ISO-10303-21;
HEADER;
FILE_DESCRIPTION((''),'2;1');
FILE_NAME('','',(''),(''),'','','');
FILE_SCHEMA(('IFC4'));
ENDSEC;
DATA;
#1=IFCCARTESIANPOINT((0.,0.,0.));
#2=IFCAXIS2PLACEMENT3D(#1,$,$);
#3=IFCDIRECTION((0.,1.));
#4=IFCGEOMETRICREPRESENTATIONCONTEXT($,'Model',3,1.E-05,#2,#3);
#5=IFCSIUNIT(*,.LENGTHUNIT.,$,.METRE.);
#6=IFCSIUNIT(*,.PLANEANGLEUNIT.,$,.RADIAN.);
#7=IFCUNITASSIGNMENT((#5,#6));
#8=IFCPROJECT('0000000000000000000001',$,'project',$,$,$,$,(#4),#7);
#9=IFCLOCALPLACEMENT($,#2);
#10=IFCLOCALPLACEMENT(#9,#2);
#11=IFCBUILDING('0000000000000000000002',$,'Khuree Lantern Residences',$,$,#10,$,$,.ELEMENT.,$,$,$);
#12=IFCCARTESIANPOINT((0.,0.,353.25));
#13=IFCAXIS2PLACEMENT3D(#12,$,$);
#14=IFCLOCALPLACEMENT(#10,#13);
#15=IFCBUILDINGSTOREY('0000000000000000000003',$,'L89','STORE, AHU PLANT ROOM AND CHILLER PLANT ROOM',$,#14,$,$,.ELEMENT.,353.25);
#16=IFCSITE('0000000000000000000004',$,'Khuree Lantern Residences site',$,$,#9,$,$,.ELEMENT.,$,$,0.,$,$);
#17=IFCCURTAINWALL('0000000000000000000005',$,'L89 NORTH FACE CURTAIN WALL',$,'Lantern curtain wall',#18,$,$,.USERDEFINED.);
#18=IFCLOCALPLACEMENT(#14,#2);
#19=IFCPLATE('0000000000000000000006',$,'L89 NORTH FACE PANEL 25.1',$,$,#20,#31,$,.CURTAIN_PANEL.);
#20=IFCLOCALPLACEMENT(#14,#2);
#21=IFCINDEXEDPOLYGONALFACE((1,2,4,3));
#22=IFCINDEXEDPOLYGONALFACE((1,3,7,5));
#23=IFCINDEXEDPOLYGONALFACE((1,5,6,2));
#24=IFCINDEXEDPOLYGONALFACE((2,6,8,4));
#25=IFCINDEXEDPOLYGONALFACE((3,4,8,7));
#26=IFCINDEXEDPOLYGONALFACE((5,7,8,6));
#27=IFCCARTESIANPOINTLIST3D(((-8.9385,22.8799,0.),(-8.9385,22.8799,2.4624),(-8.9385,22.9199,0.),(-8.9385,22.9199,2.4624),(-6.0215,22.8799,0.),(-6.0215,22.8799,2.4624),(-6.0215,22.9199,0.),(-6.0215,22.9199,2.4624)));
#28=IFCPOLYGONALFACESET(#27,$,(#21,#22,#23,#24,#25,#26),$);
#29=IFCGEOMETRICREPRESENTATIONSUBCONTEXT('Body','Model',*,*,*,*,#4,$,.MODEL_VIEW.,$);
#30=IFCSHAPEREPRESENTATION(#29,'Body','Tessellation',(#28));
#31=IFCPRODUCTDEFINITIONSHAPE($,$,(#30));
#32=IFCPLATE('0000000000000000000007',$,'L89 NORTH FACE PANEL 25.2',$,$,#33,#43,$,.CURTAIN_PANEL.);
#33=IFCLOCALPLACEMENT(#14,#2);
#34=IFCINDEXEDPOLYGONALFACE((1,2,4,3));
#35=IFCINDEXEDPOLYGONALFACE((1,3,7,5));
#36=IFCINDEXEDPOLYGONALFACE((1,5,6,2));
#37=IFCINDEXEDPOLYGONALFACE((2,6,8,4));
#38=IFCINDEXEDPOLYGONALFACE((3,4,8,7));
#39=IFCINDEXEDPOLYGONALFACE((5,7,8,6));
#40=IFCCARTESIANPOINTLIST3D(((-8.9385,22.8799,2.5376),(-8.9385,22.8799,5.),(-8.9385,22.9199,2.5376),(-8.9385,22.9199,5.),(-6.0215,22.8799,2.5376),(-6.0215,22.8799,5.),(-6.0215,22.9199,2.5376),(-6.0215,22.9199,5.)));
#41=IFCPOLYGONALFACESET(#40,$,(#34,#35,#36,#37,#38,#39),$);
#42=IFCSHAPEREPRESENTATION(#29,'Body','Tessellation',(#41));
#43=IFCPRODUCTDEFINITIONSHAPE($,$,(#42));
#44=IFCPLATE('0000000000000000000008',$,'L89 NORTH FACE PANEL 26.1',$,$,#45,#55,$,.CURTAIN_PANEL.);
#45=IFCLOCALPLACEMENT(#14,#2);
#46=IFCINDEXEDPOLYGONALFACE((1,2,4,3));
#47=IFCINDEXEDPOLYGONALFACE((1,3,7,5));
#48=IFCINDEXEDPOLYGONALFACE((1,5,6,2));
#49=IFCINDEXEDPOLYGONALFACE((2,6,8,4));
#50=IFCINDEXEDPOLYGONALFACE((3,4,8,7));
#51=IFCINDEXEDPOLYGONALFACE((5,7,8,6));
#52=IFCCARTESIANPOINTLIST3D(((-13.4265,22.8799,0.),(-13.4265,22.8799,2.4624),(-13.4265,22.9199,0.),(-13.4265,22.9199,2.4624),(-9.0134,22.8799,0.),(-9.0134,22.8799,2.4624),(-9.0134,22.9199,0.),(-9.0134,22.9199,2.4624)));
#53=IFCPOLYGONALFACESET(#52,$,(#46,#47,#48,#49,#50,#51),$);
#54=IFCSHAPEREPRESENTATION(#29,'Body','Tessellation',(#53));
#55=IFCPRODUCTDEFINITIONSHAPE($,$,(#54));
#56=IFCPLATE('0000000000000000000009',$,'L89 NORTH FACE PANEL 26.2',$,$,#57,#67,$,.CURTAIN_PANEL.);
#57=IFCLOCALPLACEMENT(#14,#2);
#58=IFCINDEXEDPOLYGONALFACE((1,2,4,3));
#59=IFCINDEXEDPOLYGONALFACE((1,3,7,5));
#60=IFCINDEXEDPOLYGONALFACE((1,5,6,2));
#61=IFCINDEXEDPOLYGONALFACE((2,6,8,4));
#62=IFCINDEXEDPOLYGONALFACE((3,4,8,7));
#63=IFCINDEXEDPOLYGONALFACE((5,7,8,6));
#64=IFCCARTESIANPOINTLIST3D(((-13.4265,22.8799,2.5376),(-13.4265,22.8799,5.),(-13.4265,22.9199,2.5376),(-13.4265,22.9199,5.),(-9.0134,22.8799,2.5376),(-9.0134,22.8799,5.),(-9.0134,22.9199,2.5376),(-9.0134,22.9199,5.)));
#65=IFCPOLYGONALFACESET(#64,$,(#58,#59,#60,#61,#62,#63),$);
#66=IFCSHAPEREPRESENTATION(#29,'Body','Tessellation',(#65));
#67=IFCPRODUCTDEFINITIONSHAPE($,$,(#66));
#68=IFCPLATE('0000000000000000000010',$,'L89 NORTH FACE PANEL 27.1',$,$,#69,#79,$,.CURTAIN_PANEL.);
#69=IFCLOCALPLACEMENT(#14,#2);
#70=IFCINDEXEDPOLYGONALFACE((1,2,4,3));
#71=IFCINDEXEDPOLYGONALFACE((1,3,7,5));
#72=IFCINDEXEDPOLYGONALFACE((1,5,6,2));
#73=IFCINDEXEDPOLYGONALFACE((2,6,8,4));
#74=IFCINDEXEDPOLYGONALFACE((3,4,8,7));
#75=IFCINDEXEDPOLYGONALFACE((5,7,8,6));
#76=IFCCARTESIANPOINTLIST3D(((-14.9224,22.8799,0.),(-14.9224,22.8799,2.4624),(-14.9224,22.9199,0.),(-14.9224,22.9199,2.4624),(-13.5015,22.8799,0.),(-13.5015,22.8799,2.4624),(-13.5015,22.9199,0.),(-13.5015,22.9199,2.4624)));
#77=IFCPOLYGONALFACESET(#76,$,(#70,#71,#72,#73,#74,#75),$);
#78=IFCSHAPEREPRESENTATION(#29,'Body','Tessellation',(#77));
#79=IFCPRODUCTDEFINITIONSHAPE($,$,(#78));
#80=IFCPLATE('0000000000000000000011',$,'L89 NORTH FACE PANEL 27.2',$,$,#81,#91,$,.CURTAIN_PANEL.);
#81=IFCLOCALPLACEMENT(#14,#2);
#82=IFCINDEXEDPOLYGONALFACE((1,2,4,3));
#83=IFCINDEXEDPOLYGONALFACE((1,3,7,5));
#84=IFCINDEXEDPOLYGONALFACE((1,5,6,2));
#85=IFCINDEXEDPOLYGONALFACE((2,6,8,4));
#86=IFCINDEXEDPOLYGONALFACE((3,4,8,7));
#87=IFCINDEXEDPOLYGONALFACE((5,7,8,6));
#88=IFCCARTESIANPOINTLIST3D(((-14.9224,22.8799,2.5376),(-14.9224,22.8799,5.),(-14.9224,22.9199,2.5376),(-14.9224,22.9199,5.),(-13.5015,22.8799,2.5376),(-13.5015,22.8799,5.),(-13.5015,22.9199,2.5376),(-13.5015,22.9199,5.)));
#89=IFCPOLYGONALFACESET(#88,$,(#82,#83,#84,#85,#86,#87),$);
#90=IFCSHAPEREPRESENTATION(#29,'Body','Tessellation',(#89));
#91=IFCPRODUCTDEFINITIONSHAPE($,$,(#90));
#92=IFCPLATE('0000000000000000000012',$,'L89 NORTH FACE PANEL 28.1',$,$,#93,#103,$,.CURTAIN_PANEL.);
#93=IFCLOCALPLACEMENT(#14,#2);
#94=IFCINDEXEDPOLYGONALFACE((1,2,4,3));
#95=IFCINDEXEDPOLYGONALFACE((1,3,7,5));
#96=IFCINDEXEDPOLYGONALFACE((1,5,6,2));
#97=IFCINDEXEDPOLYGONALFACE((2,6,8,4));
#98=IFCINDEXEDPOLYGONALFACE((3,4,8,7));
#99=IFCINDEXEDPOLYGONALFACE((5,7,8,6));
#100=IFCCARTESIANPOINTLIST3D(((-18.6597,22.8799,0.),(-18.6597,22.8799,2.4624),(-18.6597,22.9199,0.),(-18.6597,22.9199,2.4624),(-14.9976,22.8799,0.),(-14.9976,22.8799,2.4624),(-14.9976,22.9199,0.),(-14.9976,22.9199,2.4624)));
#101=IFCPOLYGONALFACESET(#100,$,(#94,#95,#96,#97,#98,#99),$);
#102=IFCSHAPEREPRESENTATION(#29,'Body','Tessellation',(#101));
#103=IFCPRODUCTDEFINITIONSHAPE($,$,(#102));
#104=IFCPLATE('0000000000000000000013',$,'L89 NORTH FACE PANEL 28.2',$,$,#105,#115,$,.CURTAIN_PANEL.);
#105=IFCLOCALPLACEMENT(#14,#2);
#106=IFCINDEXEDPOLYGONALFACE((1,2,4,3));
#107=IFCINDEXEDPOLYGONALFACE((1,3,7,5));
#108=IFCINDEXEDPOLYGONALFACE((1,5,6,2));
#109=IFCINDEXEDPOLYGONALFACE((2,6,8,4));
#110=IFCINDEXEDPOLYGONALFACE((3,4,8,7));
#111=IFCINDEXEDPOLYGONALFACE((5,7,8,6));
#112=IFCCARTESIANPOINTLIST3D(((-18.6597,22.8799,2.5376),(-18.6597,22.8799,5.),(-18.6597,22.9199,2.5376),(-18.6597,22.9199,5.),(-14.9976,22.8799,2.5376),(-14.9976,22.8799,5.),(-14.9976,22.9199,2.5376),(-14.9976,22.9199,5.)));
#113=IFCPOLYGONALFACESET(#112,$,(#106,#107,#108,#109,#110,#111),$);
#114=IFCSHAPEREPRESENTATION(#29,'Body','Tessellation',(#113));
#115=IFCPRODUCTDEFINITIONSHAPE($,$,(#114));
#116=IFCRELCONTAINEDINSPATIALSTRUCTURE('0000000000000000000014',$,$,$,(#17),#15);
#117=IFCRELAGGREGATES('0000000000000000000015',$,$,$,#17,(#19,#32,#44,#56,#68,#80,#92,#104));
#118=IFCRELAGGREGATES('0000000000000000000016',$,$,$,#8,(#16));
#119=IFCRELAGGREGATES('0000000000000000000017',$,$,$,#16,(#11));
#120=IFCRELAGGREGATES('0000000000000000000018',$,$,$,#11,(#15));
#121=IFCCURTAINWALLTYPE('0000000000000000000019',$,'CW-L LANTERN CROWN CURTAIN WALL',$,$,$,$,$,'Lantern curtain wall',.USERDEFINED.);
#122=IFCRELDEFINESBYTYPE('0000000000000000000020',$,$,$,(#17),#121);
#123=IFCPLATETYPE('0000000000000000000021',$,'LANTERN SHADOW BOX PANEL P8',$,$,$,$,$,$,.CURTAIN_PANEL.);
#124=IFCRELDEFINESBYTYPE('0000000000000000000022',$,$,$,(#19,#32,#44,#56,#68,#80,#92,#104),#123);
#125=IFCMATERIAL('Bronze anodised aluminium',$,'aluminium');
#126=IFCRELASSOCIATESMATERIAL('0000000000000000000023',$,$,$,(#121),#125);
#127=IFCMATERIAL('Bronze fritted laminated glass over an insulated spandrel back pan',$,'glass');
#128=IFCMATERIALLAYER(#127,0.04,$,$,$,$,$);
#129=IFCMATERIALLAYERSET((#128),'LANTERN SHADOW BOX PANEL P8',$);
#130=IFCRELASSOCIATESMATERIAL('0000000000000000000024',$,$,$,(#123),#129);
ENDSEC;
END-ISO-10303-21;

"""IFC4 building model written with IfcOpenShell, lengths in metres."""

from ifc_helpers import new_model, si_unit, direction, frame, origin, origin_2d, place, context, subcontext, project, spatial, rectangle, extrude, material, layer, layer_set, type_object, element, aggregate, save


model = new_model("IFC4")

# Units and contexts
model_context = context("Model", 3, precision=1e-05, world=origin(), true_north=direction((0.0, 1.0)))
body_context = subcontext(model_context, "Body", "Model", "MODEL_VIEW")
ifc_project = project(units=[si_unit("LENGTHUNIT", "METRE"), si_unit("PLANEANGLEUNIT", "RADIAN")], contexts=[model_context])

# Site, building, storey
site_placement = place(None, origin())
site = spatial("IfcSite", under=ifc_project, at=site_placement, Name="Khuree Lantern Residences site", CompositionType="ELEMENT", RefElevation=0.0)
building_placement = place(site_placement, origin())
building = spatial("IfcBuilding", under=site, at=building_placement, Name="Khuree Lantern Residences", CompositionType="ELEMENT")
storey_placement = place(building_placement, frame((0.0, 0.0, 353.25)))
storey = spatial("IfcBuildingStorey", under=building, at=storey_placement, Name="L89", Description="STORE, AHU PLANT ROOM AND CHILLER PLANT ROOM", CompositionType="ELEMENT", Elevation=353.25)

# Curtain wall
ifc_material_1 = material(Name="Bronze anodised aluminium", Category="aluminium")
curtain_wall_type = type_object("IfcCurtainWallType", Name="CW-L LANTERN CROWN CURTAIN WALL", ElementType="Lantern curtain wall", PredefinedType="USERDEFINED", material=ifc_material_1)
curtain_wall_placement = place(storey_placement, origin())
curtain_wall = element("IfcCurtainWall", 1, at=curtain_wall_placement, inside=storey, type_object=curtain_wall_type, Name="L89 NORTH FACE CURTAIN WALL", ObjectType="Lantern curtain wall", PredefinedType="USERDEFINED")

# Plates
ifc_material_2 = material(Name="Bronze fritted laminated glass over an insulated spandrel back pan", Category="glass")
ifc_layer = layer(ifc_material_2, 0.04)
ifc_layer_set = layer_set([ifc_layer], Name="LANTERN SHADOW BOX PANEL P8")
plate_type = type_object("IfcPlateType", Name="LANTERN SHADOW BOX PANEL P8", PredefinedType="CURTAIN_PANEL", material=ifc_layer_set)
plate_1_placement = place(storey_placement, frame((-7.48, 22.8999, 0.0), z_axis=(0.0, 0.0, 1.0), x_axis=(-1.0, 0.0, 0.0)))
plate_1 = element("IfcPlate", 2, at=plate_1_placement, type_object=plate_type, Name="L89 NORTH FACE PANEL 25.1", PredefinedType="CURTAIN_PANEL", context=body_context, shape_type="SweptSolid", body=[
    extrude(rectangle(XDim=2.917, YDim=0.04, at=origin_2d()), origin(), (0.0, 0.0, 1.0), 2.4624),
])
plate_2_placement = place(storey_placement, frame((-7.48, 22.8999, 2.5376), z_axis=(0.0, 0.0, 1.0), x_axis=(-1.0, 0.0, 0.0)))
plate_2 = element("IfcPlate", 3, at=plate_2_placement, type_object=plate_type, Name="L89 NORTH FACE PANEL 25.2", PredefinedType="CURTAIN_PANEL", context=body_context, shape_type="SweptSolid", body=[
    extrude(rectangle(XDim=2.917, YDim=0.04, at=origin_2d()), origin(), (0.0, 0.0, 1.0), 2.4624),
])
plate_3_placement = place(storey_placement, frame((-11.22, 22.8999, 0.0), z_axis=(0.0, 0.0, 1.0), x_axis=(-1.0, 0.0, 0.0)))
plate_3 = element("IfcPlate", 4, at=plate_3_placement, type_object=plate_type, Name="L89 NORTH FACE PANEL 26.1", PredefinedType="CURTAIN_PANEL", context=body_context, shape_type="SweptSolid", body=[
    extrude(rectangle(XDim=4.4131, YDim=0.04, at=origin_2d()), origin(), (0.0, 0.0, 1.0), 2.4624),
])
plate_4_placement = place(storey_placement, frame((-11.22, 22.8999, 2.5376), z_axis=(0.0, 0.0, 1.0), x_axis=(-1.0, 0.0, 0.0)))
plate_4 = element("IfcPlate", 5, at=plate_4_placement, type_object=plate_type, Name="L89 NORTH FACE PANEL 26.2", PredefinedType="CURTAIN_PANEL", context=body_context, shape_type="SweptSolid", body=[
    extrude(rectangle(XDim=4.4131, YDim=0.04, at=origin_2d()), origin(), (0.0, 0.0, 1.0), 2.4624),
])
plate_5_placement = place(storey_placement, frame((-14.2119, 22.8999, 0.0), z_axis=(0.0, 0.0, 1.0), x_axis=(-1.0, 0.0, 0.0)))
plate_5 = element("IfcPlate", 6, at=plate_5_placement, type_object=plate_type, Name="L89 NORTH FACE PANEL 27.1", PredefinedType="CURTAIN_PANEL", context=body_context, shape_type="SweptSolid", body=[
    extrude(rectangle(XDim=1.4209, YDim=0.04, at=origin_2d()), origin(), (0.0, 0.0, 1.0), 2.4624),
])
plate_6_placement = place(storey_placement, frame((-14.2119, 22.8999, 2.5376), z_axis=(0.0, 0.0, 1.0), x_axis=(-1.0, 0.0, 0.0)))
plate_6 = element("IfcPlate", 7, at=plate_6_placement, type_object=plate_type, Name="L89 NORTH FACE PANEL 27.2", PredefinedType="CURTAIN_PANEL", context=body_context, shape_type="SweptSolid", body=[
    extrude(rectangle(XDim=1.4209, YDim=0.04, at=origin_2d()), origin(), (0.0, 0.0, 1.0), 2.4624),
])
plate_7_placement = place(storey_placement, frame((-16.8286, 22.8999, 0.0), z_axis=(0.0, 0.0, 1.0), x_axis=(-1.0, 0.0, 0.0)))
plate_7 = element("IfcPlate", 8, at=plate_7_placement, type_object=plate_type, Name="L89 NORTH FACE PANEL 28.1", PredefinedType="CURTAIN_PANEL", context=body_context, shape_type="SweptSolid", body=[
    extrude(rectangle(XDim=3.6621, YDim=0.04, at=origin_2d()), origin(), (0.0, 0.0, 1.0), 2.4624),
])
plate_8_placement = place(storey_placement, frame((-16.8286, 22.8999, 2.5376), z_axis=(0.0, 0.0, 1.0), x_axis=(-1.0, 0.0, 0.0)))
plate_8 = element("IfcPlate", 9, at=plate_8_placement, type_object=plate_type, Name="L89 NORTH FACE PANEL 28.2", PredefinedType="CURTAIN_PANEL", context=body_context, shape_type="SweptSolid", body=[
    extrude(rectangle(XDim=3.6621, YDim=0.04, at=origin_2d()), origin(), (0.0, 0.0, 1.0), 2.4624),
])
aggregate(curtain_wall, [plate_1, plate_2, plate_3, plate_4, plate_5, plate_6, plate_7, plate_8])

save(model, "model.ifc")
